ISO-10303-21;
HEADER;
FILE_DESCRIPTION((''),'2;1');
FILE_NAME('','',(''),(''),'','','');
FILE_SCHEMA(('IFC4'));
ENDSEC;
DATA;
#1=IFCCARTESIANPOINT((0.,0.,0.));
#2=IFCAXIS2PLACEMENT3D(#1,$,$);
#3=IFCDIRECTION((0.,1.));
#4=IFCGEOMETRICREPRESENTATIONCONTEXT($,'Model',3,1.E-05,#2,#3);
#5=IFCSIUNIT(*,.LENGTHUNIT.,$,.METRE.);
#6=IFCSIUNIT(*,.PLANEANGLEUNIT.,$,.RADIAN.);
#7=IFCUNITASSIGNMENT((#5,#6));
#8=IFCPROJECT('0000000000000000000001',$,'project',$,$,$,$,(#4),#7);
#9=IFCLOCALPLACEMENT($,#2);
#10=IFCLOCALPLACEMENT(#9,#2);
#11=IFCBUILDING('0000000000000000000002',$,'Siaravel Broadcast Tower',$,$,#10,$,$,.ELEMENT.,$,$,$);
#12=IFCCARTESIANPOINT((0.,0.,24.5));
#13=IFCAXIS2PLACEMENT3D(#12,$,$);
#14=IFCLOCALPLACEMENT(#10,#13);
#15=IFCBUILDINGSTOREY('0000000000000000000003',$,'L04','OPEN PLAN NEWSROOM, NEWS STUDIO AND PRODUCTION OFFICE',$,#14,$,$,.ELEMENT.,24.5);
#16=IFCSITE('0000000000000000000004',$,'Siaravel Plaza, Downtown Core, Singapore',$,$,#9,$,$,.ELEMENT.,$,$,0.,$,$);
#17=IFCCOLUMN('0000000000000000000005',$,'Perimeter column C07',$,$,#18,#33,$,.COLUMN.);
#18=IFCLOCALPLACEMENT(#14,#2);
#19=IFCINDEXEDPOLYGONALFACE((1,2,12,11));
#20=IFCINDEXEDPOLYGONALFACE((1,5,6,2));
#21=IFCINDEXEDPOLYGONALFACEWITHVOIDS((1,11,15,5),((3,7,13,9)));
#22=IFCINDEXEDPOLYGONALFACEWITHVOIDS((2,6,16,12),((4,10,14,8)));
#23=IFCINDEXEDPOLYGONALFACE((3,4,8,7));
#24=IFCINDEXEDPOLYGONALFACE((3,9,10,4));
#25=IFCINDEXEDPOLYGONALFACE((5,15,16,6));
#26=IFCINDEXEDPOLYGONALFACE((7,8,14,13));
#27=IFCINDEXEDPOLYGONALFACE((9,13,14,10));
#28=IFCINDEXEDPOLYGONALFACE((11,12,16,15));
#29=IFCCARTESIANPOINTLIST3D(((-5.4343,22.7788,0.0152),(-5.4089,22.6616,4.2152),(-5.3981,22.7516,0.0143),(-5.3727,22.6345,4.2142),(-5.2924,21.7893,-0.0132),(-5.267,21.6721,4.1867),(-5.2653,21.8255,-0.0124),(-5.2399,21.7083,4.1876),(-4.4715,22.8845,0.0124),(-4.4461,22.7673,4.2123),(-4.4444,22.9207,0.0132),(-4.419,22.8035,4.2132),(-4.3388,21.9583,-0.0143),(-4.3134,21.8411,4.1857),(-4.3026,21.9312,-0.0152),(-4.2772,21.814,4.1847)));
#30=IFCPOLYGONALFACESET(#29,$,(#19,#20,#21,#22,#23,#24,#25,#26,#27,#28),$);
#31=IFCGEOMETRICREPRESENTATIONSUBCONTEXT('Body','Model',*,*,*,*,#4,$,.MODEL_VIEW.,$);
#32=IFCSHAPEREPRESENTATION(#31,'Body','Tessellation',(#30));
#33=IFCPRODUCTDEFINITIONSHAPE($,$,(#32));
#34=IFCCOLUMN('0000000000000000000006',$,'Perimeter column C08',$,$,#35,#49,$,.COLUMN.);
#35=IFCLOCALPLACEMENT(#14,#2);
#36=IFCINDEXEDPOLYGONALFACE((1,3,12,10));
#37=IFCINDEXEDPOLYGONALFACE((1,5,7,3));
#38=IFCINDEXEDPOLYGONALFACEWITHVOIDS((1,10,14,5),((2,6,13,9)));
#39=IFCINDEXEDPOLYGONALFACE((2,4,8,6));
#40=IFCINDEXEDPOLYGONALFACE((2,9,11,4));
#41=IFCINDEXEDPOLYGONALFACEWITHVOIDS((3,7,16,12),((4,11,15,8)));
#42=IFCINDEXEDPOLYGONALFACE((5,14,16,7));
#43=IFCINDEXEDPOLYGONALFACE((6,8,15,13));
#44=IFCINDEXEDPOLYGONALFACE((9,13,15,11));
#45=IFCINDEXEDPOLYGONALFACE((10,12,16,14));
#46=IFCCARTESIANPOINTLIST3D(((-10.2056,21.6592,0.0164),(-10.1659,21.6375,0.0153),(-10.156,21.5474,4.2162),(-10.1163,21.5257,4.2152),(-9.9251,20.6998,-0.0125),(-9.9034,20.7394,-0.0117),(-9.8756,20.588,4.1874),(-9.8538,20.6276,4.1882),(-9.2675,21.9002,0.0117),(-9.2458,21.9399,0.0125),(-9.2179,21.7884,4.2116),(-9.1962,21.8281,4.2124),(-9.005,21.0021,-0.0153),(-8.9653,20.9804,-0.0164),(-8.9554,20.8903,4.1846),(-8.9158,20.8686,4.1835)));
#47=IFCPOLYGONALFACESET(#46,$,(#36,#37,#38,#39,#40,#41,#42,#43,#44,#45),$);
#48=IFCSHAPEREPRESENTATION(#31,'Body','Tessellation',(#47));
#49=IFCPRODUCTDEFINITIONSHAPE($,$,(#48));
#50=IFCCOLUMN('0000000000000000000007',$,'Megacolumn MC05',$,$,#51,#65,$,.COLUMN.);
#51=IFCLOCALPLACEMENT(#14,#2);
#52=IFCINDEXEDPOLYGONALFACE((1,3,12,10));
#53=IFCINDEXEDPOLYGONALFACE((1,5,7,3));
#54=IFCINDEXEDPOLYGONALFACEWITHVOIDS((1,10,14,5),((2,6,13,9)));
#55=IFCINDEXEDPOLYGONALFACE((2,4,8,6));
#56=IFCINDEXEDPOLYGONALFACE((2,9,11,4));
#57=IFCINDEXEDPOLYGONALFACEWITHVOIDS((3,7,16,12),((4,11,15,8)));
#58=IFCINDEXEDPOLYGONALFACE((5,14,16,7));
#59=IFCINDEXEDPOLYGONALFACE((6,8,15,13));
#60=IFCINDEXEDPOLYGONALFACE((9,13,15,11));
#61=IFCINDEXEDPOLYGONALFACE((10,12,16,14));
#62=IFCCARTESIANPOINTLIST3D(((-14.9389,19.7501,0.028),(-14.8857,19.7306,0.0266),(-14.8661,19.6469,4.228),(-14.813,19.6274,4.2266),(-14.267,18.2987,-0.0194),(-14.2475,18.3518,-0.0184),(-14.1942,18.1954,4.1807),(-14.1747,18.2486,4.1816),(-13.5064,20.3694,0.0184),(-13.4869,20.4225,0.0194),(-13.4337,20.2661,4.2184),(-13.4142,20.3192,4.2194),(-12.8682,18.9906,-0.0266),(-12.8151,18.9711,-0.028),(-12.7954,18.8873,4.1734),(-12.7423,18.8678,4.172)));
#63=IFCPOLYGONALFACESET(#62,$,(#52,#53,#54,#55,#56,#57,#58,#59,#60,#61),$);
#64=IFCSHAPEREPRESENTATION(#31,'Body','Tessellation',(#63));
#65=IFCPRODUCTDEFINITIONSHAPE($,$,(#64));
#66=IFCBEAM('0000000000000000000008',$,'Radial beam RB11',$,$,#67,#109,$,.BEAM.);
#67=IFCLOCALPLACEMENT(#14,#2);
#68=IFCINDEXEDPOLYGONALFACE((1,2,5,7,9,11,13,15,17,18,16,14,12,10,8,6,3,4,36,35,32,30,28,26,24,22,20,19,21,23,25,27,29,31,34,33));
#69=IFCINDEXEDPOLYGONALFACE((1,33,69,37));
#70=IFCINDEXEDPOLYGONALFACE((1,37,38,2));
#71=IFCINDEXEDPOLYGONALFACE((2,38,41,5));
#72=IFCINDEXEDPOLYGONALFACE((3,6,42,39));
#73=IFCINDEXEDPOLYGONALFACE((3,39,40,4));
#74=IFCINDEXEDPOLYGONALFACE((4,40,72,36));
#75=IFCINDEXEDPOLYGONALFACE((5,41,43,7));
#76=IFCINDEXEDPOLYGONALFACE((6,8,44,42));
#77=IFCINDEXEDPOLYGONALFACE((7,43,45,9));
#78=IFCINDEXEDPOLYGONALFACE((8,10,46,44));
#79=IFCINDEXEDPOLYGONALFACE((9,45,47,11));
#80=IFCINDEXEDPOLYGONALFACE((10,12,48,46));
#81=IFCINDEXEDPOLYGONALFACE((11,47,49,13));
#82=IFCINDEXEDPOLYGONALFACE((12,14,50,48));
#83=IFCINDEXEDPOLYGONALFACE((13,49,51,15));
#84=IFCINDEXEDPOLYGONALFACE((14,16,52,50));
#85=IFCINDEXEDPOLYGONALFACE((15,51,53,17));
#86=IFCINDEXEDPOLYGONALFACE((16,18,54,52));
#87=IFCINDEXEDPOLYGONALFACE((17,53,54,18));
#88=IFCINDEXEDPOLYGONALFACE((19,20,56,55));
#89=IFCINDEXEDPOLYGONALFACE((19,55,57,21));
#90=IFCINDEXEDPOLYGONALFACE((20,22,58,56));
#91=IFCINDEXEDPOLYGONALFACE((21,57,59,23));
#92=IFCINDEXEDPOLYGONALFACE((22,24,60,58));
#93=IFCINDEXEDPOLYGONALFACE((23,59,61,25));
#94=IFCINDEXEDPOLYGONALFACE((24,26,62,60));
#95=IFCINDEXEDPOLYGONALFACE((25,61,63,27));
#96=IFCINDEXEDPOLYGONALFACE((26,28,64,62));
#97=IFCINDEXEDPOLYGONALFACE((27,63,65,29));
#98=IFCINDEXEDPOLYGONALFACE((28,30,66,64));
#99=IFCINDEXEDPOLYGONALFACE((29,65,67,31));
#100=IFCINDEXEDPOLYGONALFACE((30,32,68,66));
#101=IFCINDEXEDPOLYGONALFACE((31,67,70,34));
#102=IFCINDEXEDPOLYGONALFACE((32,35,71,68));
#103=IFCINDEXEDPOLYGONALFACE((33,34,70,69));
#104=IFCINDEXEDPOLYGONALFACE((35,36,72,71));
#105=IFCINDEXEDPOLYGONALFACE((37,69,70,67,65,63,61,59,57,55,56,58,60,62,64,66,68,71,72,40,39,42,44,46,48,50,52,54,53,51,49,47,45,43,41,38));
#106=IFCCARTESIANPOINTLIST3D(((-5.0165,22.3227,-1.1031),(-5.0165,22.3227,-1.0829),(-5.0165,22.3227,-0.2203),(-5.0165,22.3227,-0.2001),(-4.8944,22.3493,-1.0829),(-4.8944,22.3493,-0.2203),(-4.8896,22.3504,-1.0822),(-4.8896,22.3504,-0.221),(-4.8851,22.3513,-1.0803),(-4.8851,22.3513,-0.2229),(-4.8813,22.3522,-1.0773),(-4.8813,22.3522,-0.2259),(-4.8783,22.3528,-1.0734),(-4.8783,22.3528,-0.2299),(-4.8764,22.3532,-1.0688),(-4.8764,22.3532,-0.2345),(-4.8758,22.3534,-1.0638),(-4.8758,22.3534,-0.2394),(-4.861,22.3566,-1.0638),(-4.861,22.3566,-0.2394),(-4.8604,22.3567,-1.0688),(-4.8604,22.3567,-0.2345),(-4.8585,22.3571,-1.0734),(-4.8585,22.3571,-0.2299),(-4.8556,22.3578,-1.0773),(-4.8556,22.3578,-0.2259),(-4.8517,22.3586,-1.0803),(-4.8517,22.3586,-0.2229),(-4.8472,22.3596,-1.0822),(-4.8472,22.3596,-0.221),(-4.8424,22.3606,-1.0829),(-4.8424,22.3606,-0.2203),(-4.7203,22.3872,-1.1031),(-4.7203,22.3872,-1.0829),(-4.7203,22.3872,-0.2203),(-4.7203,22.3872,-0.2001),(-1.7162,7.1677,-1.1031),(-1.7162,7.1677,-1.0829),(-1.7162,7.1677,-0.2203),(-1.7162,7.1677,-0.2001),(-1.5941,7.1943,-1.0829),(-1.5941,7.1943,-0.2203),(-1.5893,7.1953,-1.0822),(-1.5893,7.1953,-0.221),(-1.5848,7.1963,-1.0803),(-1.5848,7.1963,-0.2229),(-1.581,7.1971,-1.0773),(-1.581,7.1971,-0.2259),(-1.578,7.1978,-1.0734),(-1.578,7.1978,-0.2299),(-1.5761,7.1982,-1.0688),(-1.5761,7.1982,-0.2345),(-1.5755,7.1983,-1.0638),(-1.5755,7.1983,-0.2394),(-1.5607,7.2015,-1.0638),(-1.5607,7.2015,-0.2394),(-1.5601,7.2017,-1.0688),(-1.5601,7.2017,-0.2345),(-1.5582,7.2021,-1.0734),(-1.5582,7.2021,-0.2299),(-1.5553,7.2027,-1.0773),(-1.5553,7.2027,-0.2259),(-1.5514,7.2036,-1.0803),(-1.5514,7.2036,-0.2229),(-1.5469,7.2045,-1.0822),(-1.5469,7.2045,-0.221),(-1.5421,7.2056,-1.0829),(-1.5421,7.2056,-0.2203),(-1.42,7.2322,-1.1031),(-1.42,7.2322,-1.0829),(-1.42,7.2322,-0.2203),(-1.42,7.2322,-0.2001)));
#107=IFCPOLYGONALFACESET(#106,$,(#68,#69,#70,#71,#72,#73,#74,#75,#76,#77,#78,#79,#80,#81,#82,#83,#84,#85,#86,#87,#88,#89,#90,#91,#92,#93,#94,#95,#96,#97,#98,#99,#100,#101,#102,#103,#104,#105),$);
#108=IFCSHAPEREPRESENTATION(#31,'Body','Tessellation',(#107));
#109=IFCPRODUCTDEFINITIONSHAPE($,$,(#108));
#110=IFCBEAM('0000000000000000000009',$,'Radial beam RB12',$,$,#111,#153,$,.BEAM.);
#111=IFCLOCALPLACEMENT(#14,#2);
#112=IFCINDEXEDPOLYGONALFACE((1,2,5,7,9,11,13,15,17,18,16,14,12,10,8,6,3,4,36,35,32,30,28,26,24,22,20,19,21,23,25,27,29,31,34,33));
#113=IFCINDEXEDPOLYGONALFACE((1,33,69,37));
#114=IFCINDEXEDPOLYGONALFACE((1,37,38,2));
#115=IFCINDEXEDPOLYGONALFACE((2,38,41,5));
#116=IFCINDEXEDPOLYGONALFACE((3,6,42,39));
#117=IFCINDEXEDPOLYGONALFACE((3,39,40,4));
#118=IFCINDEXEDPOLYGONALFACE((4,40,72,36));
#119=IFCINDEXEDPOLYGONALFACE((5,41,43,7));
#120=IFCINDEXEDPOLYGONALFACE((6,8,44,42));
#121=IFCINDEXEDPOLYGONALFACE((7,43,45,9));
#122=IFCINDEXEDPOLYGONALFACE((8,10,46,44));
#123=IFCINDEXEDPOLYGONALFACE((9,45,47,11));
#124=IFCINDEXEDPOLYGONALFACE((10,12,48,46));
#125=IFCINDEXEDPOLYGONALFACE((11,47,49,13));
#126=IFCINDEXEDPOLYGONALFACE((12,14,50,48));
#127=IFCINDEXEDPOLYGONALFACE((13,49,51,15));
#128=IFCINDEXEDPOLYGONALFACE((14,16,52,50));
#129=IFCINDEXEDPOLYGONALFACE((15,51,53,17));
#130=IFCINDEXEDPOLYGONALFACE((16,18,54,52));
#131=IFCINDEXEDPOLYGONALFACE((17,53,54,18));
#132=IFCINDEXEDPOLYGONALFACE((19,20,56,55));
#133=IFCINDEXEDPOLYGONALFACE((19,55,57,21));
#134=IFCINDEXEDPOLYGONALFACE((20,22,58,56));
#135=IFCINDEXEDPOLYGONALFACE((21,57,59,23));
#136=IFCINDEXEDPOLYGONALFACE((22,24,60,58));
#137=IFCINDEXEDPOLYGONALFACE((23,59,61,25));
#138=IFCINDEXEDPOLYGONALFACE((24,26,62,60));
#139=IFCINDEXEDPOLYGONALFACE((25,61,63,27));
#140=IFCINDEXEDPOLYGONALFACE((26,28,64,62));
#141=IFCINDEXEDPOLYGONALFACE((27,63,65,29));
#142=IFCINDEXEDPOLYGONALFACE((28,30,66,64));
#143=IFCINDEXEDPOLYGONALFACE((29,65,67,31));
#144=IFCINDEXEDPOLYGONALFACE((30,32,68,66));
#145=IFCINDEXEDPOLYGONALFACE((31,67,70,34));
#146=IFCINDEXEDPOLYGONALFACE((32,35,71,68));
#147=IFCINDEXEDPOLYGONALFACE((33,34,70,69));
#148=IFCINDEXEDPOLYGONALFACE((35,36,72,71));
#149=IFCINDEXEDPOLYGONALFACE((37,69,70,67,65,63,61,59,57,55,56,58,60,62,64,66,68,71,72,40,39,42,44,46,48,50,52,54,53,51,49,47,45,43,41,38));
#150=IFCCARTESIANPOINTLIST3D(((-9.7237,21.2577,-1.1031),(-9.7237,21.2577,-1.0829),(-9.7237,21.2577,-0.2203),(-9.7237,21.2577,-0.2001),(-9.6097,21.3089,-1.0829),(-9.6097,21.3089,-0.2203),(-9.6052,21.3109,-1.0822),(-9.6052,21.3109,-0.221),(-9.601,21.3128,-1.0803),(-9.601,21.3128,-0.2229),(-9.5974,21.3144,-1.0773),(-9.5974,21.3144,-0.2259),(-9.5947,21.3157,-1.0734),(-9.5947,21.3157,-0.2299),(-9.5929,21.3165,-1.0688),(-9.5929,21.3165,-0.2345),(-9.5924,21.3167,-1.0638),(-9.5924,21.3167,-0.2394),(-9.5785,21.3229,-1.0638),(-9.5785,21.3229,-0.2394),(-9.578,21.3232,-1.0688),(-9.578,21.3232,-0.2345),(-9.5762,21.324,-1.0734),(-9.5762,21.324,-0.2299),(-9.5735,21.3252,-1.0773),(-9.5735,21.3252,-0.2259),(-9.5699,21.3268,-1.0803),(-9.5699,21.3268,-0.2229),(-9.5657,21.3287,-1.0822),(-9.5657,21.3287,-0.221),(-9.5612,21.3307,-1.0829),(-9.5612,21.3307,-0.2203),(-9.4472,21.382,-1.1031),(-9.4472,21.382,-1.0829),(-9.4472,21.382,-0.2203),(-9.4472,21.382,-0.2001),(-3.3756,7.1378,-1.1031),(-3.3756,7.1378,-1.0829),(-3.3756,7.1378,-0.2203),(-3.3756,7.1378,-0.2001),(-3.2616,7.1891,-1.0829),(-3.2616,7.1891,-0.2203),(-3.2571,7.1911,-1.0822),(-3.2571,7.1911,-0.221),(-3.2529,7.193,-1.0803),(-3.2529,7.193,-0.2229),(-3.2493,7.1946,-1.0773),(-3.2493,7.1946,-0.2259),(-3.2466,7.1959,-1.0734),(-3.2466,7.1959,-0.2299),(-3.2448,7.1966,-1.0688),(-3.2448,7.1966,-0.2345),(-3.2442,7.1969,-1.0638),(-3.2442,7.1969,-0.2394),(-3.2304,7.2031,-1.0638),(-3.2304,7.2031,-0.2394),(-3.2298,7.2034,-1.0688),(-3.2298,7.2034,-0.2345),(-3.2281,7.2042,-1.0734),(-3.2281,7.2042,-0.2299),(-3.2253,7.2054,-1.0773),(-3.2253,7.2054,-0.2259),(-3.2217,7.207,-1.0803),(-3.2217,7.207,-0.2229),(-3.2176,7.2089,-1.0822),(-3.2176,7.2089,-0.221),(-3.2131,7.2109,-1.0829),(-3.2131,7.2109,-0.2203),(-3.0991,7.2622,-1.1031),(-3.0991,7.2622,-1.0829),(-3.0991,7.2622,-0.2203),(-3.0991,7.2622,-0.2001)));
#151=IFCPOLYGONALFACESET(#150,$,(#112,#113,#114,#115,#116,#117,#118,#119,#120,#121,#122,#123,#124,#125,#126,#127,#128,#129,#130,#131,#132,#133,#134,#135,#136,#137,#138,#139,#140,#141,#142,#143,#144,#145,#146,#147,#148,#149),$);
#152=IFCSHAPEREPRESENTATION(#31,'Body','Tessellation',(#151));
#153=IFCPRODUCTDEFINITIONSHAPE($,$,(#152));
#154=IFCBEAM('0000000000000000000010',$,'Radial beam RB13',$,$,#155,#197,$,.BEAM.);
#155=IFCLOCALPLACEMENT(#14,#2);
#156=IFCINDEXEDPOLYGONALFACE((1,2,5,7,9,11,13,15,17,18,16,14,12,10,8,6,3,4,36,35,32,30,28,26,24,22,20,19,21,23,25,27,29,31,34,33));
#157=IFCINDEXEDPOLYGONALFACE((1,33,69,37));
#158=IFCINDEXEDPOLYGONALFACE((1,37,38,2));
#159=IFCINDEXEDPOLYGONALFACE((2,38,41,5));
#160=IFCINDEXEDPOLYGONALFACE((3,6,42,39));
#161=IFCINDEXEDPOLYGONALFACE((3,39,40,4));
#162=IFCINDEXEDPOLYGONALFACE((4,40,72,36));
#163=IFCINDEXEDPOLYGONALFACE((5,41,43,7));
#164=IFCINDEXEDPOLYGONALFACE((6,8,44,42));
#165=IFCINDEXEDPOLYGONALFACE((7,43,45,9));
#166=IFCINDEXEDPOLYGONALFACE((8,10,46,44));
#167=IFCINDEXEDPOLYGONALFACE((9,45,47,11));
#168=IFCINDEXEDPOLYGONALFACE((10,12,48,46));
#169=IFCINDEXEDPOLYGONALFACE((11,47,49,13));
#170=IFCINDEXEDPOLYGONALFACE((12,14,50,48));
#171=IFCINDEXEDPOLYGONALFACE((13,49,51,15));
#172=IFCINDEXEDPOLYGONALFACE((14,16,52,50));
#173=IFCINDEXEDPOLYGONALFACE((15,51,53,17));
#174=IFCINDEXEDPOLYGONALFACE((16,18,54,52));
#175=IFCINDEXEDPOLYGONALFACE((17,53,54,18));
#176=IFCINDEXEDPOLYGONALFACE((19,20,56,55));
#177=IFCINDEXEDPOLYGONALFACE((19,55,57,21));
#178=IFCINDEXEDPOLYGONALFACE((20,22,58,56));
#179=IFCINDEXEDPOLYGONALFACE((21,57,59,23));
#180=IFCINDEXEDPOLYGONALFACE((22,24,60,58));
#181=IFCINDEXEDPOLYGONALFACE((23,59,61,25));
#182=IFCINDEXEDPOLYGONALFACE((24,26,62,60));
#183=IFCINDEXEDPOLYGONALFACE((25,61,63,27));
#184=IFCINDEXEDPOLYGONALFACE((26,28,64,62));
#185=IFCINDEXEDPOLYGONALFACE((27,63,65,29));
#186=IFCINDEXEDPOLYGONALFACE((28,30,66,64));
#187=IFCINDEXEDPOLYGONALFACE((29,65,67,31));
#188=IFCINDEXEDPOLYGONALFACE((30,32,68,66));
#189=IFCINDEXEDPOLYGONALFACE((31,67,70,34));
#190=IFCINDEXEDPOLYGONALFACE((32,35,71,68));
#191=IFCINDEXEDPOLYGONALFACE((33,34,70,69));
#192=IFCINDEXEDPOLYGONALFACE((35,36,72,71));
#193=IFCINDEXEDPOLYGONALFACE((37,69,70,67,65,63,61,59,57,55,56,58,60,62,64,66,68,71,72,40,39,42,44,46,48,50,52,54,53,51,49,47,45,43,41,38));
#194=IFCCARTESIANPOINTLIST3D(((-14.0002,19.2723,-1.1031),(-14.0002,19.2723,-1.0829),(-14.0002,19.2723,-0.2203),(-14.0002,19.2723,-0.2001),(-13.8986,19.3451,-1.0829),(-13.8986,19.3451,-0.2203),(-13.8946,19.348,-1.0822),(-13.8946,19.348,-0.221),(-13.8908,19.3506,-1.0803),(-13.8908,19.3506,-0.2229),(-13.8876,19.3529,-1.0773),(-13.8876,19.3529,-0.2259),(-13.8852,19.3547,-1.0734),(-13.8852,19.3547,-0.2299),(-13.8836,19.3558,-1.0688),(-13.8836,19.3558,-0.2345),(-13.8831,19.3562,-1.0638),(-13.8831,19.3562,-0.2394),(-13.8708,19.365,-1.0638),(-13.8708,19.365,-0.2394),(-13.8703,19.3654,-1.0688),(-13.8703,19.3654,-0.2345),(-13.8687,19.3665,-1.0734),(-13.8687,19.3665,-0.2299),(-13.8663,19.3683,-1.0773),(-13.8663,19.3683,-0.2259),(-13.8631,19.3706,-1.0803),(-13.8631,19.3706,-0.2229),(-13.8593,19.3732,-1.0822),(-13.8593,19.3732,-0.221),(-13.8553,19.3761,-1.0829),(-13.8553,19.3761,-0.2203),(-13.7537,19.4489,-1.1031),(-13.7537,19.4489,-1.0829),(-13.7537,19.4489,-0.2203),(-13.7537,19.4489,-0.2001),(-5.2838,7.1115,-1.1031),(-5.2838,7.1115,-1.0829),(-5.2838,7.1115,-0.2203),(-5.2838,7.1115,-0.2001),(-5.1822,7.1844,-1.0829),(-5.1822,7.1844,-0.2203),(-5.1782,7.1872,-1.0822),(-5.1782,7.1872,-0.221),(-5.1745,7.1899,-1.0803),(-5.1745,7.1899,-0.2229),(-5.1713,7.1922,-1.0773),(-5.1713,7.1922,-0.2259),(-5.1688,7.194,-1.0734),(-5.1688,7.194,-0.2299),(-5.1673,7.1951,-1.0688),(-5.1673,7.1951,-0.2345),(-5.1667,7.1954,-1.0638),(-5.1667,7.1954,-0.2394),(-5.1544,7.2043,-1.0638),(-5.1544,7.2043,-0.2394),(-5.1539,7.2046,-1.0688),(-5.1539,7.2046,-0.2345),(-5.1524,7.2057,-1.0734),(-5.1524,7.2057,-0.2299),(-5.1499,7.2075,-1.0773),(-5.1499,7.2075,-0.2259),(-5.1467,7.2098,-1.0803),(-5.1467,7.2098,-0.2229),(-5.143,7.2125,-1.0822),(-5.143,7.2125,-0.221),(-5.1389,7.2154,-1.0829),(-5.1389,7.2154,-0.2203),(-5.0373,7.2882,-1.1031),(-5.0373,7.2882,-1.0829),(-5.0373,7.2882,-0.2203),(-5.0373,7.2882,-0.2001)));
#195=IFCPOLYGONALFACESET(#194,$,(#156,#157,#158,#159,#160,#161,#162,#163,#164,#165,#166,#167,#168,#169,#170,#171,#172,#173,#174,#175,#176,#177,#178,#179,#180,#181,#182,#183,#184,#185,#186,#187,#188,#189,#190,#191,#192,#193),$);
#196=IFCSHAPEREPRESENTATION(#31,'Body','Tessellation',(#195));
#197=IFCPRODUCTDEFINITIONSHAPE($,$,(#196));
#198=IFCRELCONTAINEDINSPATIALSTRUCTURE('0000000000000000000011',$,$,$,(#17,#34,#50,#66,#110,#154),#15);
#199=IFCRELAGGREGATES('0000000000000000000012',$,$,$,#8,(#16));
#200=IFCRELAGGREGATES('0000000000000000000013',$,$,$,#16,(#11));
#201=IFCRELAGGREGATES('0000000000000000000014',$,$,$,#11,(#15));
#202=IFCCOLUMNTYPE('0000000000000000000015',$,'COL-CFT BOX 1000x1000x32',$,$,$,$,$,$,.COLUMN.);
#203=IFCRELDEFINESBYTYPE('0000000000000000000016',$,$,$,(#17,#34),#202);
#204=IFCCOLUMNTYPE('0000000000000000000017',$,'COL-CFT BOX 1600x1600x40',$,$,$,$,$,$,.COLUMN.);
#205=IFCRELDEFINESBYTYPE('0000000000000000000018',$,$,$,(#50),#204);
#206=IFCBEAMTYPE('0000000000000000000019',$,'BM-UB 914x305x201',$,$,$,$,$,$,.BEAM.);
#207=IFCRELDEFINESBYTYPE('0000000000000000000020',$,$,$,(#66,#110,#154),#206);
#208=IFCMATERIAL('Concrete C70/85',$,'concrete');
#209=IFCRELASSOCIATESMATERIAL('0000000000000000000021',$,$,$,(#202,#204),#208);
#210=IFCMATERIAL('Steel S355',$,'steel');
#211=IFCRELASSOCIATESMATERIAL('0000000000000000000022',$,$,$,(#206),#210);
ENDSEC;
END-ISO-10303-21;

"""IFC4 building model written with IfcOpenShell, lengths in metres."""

from ifc_helpers import new_model, si_unit, direction, frame, origin, origin_2d, place, context, subcontext, project, spatial, hollow_rectangle, i_section, extrude, material, material_profile, profile_set, type_object, element, save


model = new_model("IFC4")

# Units and contexts
model_context = context("Model", 3, precision=1e-05, world=origin(), true_north=direction((0.0, 1.0)))
body_context = subcontext(model_context, "Body", "Model", "MODEL_VIEW")
ifc_project = project(units=[si_unit("LENGTHUNIT", "METRE"), si_unit("PLANEANGLEUNIT", "RADIAN")], contexts=[model_context])

# Site, building, storey
site_placement = place(None, origin())
site = spatial("IfcSite", under=ifc_project, at=site_placement, Name="Siaravel Plaza, Downtown Core, Singapore", CompositionType="ELEMENT", RefElevation=0.0)
building_placement = place(site_placement, origin())
building = spatial("IfcBuilding", under=site, at=building_placement, Name="Siaravel Broadcast Tower", CompositionType="ELEMENT")
storey_placement = place(building_placement, frame((0.0, 0.0, 24.5)))
storey = spatial("IfcBuildingStorey", under=building, at=storey_placement, Name="L04", Description="OPEN PLAN NEWSROOM, NEWS STUDIO AND PRODUCTION OFFICE", CompositionType="ELEMENT", Elevation=24.5)

# Columns
ifc_material_1 = material(Name="Concrete C70/85", Category="concrete")
ifc_material_profile_1 = material_profile(ifc_material_1, hollow_rectangle(XDim=1.0, YDim=1.0, WallThickness=0.032, at=origin_2d()))
ifc_profile_set_1 = profile_set([ifc_material_profile_1], Name="Concrete C70/85")
column_type_1 = type_object("IfcColumnType", Name="COL-CFT BOX 1000x1000x32", PredefinedType="COLUMN", material=ifc_profile_set_1)
for number, where, z_axis, x_axis, name in (
    (1, (-4.8684, 22.355, 0.0), (0.006043, -0.027891, 0.999593), (0.989874, 0.141934, -0.002024), "Perimeter column C07"),
    (2, (-9.5854, 21.3198, 0.0), (0.011795, -0.026612, 0.999576), (0.9598, 0.280658, -0.003854), "Perimeter column C08"),
):
    element("IfcColumn", number, at=place(storey_placement, frame(where, z_axis=z_axis, x_axis=x_axis)), inside=storey, type_object=column_type_1, Name=name, PredefinedType="COLUMN", context=body_context, shape_type="SweptSolid", body=[
        extrude(hollow_rectangle(XDim=1.0, YDim=1.0, WallThickness=0.032, at=origin_2d()), origin(), (0.0, 0.0, 1.0), 4.2017),
    ])
ifc_material_profile_2 = material_profile(ifc_material_1, hollow_rectangle(XDim=1.6001, YDim=1.6001, WallThickness=0.04, at=origin_2d()))
ifc_profile_set_2 = profile_set([ifc_material_profile_2], Name="Concrete C70/85")
column_type_2 = type_object("IfcColumnType", Name="COL-CFT BOX 1600x1600x40", PredefinedType="COLUMN", material=ifc_profile_set_2)
column_placement = place(storey_placement, frame((-13.877, 19.3606, 0.0), z_axis=(0.017315, -0.024578, 0.999548), x_axis=(0.907413, 0.420205, -0.005386)))
element("IfcColumn", 3, at=column_placement, inside=storey, type_object=column_type_2, Name="Megacolumn MC05", PredefinedType="COLUMN", context=body_context, shape_type="SweptSolid", body=[
    extrude(hollow_rectangle(XDim=1.6001, YDim=1.6001, WallThickness=0.04, at=origin_2d()), origin(), (0.0, 0.0, 1.0), 4.2019),
])

# Beams
ifc_material_2 = material(Name="Steel S355", Category="steel")
ifc_material_profile_3 = material_profile(ifc_material_2, i_section(OverallWidth=0.3032, OverallDepth=0.9031, WebThickness=0.0151, FlangeThickness=0.0203, FilletRadius=0.019, at=origin_2d()))
ifc_profile_set_3 = profile_set([ifc_material_profile_3], Name="Steel S355")
beam_type = type_object("IfcBeamType", Name="BM-UB 914x305x201", PredefinedType="BEAM", material=ifc_profile_set_3)
beam_1_placement = place(storey_placement, frame((-4.8684, 22.355, -0.6516), z_axis=(0.212782, -0.9771, 0.0), x_axis=(0.9771, 0.212782, 0.0)))
element("IfcBeam", 4, at=beam_1_placement, inside=storey, type_object=beam_type, Name="Radial beam RB11", PredefinedType="BEAM", context=body_context, shape_type="SweptSolid", body=[
    extrude(i_section(OverallWidth=0.3032, OverallDepth=0.9031, WebThickness=0.0151, FlangeThickness=0.0203, FilletRadius=0.019, at=origin_2d()), origin(), (0.0, 0.0, 1.0), 15.5103),
])
beam_2_placement = place(storey_placement, frame((-9.5854, 21.3198, -0.6516), z_axis=(0.410053, -0.912062, 0.0), x_axis=(0.912062, 0.410053, 0.0)))
element("IfcBeam", 5, at=beam_2_placement, inside=storey, type_object=beam_type, Name="Radial beam RB12", PredefinedType="BEAM", context=body_context, shape_type="SweptSolid", body=[
    extrude(i_section(OverallWidth=0.3032, OverallDepth=0.9031, WebThickness=0.0151, FlangeThickness=0.0203, FilletRadius=0.019, at=origin_2d()), origin(), (0.0, 0.0, 1.0), 15.4812),
])
beam_3_placement = place(storey_placement, frame((-13.877, 19.3606, -0.6516), z_axis=(0.582571, -0.81278, 0.0), x_axis=(0.81278, 0.582571, 0.0)))
element("IfcBeam", 6, at=beam_3_placement, inside=storey, type_object=beam_type, Name="Radial beam RB13", PredefinedType="BEAM", context=body_context, shape_type="SweptSolid", body=[
    extrude(i_section(OverallWidth=0.3032, OverallDepth=0.9031, WebThickness=0.0151, FlangeThickness=0.0203, FilletRadius=0.019, at=origin_2d()), origin(), (0.0, 0.0, 1.0), 14.9619),
])

save(model, "model.ifc")
